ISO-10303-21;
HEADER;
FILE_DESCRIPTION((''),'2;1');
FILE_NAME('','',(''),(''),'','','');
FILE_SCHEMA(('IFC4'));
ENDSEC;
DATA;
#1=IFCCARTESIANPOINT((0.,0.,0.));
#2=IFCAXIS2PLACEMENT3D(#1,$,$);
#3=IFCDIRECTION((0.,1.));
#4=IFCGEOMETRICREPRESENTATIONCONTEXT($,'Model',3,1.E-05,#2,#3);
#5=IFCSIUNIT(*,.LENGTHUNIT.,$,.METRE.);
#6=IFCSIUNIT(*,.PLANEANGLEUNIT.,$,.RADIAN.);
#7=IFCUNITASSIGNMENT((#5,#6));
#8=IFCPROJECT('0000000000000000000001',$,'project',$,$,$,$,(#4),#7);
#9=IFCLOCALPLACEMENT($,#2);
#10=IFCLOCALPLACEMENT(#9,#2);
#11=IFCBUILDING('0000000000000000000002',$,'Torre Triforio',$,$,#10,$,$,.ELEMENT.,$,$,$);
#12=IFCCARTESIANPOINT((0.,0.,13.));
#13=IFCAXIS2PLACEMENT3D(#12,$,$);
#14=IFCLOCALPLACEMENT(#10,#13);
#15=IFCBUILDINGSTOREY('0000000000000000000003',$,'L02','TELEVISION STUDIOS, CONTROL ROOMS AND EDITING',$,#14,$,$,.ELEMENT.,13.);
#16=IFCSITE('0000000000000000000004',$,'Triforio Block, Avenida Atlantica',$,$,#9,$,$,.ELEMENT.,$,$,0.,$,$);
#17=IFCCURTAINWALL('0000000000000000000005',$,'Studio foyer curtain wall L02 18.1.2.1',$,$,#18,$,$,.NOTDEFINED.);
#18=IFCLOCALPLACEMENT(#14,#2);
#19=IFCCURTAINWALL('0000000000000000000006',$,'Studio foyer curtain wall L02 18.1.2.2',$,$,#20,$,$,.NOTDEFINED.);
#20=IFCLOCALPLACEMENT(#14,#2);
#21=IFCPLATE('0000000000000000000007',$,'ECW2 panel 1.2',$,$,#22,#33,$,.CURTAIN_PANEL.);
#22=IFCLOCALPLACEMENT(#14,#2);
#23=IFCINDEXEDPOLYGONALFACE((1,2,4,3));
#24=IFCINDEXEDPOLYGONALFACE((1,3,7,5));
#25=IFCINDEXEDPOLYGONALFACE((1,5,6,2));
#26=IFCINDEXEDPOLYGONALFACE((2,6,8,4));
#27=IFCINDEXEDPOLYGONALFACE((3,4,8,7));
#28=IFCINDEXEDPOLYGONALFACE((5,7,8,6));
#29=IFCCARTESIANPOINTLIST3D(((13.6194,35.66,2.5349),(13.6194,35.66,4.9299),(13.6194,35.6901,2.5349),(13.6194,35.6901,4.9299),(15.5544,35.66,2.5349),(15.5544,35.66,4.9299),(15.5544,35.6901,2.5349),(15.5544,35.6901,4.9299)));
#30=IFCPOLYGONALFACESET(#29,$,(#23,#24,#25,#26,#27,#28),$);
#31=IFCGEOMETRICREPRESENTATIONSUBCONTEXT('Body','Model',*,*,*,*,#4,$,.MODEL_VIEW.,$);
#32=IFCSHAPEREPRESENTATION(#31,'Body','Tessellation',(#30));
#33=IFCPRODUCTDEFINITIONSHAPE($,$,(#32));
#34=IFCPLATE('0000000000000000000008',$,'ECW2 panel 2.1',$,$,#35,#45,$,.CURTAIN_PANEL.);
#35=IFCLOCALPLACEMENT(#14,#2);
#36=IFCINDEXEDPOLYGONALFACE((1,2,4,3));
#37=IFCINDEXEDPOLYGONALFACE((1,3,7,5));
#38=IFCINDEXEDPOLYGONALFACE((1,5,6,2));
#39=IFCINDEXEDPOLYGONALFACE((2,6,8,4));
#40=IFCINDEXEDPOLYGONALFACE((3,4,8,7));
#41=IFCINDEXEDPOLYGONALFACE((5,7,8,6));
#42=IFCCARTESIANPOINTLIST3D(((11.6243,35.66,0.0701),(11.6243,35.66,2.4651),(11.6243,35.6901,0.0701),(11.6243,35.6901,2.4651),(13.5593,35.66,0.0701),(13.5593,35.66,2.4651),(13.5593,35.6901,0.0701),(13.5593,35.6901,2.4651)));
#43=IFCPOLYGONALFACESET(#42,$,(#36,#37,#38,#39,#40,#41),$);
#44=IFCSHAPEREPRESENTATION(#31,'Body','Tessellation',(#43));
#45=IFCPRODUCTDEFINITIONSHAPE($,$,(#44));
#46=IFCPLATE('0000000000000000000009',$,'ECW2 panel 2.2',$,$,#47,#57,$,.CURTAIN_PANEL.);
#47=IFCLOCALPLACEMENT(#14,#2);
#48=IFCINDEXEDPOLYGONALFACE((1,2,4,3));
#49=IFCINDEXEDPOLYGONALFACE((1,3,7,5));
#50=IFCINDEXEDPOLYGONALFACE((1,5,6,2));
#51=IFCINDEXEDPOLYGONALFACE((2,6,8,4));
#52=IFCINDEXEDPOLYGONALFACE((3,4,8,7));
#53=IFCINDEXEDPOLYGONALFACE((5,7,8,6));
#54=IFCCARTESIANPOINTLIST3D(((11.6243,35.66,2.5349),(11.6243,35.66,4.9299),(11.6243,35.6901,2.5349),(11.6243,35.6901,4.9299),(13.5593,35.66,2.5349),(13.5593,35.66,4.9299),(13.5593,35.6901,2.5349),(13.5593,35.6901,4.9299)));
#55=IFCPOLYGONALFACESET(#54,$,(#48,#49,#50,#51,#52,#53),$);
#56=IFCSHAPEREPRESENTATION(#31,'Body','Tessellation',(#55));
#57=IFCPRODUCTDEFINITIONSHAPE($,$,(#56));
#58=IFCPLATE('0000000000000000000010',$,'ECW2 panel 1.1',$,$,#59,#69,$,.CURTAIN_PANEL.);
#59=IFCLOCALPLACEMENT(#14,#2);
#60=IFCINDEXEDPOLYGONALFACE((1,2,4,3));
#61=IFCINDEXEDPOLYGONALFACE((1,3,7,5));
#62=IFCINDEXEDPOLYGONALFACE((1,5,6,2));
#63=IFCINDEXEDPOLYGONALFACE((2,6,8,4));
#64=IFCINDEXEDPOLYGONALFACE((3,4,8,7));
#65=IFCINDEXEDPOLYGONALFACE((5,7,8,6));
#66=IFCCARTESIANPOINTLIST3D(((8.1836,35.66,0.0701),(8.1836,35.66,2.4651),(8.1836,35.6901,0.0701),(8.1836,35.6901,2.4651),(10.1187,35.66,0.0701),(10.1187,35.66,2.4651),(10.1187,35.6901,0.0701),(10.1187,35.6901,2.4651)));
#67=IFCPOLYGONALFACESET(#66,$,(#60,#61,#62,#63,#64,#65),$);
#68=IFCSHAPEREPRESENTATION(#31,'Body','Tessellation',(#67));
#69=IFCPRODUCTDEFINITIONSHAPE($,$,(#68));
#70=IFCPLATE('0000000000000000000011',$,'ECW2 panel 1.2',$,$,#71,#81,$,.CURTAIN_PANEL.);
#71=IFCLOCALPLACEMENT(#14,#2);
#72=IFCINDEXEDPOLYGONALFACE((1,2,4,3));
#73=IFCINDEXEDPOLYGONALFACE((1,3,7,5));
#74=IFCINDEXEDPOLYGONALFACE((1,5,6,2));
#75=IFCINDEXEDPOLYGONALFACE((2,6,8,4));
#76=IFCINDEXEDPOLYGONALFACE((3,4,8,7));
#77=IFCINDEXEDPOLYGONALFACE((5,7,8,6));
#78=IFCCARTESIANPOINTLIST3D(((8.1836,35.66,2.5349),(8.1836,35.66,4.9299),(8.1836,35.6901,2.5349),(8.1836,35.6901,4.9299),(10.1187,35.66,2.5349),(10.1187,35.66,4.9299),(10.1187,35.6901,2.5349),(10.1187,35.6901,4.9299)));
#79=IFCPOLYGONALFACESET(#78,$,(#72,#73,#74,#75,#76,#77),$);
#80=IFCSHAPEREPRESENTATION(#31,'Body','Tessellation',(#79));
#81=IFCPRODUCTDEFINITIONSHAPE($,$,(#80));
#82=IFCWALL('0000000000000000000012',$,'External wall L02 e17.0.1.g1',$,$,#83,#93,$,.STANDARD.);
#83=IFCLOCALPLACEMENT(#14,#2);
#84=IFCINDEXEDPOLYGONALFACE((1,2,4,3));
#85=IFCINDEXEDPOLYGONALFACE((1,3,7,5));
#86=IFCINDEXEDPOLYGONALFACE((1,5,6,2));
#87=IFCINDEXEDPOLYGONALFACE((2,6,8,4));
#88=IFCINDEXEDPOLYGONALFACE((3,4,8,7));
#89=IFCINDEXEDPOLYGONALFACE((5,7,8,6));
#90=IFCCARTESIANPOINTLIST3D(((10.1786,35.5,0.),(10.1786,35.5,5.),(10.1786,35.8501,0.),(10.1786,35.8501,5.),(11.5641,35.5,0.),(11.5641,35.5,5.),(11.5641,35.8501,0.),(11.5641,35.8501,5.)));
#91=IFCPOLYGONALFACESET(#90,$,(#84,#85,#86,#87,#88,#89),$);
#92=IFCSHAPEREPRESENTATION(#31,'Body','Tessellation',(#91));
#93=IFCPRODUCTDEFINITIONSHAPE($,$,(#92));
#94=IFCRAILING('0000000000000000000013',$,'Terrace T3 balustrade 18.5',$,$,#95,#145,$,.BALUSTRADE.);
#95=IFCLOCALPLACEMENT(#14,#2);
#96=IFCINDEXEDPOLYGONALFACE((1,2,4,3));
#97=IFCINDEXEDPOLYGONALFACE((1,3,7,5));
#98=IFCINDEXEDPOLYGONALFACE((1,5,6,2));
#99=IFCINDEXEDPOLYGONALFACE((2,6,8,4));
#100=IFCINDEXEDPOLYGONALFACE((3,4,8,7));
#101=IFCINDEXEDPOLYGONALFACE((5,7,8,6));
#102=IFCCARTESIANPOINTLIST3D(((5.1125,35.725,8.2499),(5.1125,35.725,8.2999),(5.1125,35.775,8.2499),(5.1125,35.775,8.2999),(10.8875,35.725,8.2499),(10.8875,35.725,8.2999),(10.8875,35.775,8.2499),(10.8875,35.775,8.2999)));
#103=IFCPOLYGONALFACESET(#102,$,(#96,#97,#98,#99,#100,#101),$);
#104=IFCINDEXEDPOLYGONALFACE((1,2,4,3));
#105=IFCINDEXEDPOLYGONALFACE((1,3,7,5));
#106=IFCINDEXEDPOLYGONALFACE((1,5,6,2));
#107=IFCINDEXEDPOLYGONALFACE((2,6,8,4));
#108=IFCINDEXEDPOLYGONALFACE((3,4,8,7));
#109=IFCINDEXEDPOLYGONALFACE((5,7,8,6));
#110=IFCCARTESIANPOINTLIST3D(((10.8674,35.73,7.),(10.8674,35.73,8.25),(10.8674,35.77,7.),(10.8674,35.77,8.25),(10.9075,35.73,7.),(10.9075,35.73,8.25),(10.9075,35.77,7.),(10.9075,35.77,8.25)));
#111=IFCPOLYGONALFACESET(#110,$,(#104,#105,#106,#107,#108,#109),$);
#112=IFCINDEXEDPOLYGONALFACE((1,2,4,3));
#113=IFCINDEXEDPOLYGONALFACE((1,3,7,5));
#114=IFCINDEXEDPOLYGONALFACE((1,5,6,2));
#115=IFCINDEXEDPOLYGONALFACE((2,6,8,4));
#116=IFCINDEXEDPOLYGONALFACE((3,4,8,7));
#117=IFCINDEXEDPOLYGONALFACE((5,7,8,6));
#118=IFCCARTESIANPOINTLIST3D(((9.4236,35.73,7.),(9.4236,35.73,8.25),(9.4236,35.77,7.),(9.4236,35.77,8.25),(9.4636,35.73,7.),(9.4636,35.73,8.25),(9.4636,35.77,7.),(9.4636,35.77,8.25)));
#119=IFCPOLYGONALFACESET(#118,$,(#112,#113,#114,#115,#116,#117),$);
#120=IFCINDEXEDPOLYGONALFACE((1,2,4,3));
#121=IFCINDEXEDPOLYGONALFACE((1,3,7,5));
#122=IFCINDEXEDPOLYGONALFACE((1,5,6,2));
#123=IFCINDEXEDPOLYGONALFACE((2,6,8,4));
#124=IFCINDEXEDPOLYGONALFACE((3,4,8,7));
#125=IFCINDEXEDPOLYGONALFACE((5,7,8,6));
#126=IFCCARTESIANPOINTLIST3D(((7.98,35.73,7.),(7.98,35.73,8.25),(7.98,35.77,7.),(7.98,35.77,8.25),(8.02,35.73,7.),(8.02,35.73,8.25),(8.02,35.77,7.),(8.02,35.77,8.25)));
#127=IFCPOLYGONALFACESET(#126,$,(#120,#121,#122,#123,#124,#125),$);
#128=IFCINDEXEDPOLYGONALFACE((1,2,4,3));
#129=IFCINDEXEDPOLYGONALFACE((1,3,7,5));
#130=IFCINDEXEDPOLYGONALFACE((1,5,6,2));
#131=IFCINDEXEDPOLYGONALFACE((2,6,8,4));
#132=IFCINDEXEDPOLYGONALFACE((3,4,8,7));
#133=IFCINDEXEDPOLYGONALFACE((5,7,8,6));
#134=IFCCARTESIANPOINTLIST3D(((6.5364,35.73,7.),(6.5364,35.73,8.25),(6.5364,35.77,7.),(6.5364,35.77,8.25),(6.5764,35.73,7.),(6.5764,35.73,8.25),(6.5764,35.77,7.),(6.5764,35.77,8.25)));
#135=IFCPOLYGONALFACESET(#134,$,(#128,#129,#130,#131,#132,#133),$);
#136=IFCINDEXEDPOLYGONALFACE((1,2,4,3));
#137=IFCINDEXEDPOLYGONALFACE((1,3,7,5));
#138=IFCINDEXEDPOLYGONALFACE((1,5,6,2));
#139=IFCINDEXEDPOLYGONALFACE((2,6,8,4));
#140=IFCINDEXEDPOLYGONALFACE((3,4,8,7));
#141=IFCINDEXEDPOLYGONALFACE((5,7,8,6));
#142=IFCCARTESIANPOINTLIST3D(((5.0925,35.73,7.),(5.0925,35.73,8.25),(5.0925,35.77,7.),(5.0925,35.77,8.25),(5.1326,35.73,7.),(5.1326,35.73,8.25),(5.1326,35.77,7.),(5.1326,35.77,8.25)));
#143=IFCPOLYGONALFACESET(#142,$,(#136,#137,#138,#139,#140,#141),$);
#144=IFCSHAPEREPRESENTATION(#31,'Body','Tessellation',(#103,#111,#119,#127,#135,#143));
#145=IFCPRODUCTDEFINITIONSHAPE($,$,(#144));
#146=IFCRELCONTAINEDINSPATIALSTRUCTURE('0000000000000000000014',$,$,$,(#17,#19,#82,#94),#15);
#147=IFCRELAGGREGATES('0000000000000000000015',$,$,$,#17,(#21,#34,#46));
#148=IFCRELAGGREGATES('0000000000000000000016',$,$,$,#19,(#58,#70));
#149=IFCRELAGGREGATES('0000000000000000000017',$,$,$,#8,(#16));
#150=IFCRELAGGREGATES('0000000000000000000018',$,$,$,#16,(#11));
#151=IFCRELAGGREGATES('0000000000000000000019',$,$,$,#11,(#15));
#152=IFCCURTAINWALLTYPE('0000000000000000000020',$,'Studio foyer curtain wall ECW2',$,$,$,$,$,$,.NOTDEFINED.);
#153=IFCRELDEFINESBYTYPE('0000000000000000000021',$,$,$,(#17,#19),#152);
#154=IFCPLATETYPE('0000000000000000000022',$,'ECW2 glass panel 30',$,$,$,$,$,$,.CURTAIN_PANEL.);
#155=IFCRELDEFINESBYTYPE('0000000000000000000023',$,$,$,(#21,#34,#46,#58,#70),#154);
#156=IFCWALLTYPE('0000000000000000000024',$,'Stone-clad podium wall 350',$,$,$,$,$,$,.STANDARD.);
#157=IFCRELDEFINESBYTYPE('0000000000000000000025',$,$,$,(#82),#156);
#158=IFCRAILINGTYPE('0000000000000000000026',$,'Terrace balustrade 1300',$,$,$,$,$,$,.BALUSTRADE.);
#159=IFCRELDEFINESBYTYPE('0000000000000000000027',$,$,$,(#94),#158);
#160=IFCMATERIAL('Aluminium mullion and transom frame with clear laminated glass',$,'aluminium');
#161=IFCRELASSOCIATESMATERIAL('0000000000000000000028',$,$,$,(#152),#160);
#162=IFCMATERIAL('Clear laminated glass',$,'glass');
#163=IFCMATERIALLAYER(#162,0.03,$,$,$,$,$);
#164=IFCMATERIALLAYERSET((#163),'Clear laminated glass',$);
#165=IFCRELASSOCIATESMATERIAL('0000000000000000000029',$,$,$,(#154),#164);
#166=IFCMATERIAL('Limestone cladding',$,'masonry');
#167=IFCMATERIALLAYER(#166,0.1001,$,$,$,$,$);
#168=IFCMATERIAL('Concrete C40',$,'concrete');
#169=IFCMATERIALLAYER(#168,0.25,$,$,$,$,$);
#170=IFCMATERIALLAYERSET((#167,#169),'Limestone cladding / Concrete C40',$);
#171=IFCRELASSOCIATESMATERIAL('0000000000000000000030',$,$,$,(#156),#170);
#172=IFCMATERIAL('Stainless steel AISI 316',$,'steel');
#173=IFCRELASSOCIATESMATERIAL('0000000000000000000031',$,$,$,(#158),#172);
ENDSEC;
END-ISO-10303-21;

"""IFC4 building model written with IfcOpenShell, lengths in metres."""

from ifc_helpers import new_model, si_unit, direction, frame, frame_2d, origin, origin_2d, place, context, subcontext, project, spatial, rectangle, extrude, material, layer, layer_set, type_object, element, aggregate, save


model = new_model("IFC4")

# Units and contexts
model_context = context("Model", 3, precision=1e-05, world=origin(), true_north=direction((0.0, 1.0)))
body_context = subcontext(model_context, "Body", "Model", "MODEL_VIEW")
ifc_project = project(units=[si_unit("LENGTHUNIT", "METRE"), si_unit("PLANEANGLEUNIT", "RADIAN")], contexts=[model_context])

# Site, building, storey
site_placement = place(None, origin())
site = spatial("IfcSite", under=ifc_project, at=site_placement, Name="Triforio Block, Avenida Atlantica", CompositionType="ELEMENT", RefElevation=0.0)
building_placement = place(site_placement, origin())
building = spatial("IfcBuilding", under=site, at=building_placement, Name="Torre Triforio", CompositionType="ELEMENT")
storey_placement = place(building_placement, frame((0.0, 0.0, 13.0)))
storey = spatial("IfcBuildingStorey", under=building, at=storey_placement, Name="L02", Description="TELEVISION STUDIOS, CONTROL ROOMS AND EDITING", CompositionType="ELEMENT", Elevation=13.0)

# Curtain walls
ifc_material_1 = material(Name="Aluminium mullion and transom frame with clear laminated glass", Category="aluminium")
curtain_wall_type = type_object("IfcCurtainWallType", Name="Studio foyer curtain wall ECW2", PredefinedType="NOTDEFINED", material=ifc_material_1)
curtain_wall_1_placement = place(storey_placement, origin())
curtain_wall_1 = element("IfcCurtainWall", 1, at=curtain_wall_1_placement, inside=storey, type_object=curtain_wall_type, Name="Studio foyer curtain wall L02 18.1.2.1", PredefinedType="NOTDEFINED")
curtain_wall_2_placement = place(storey_placement, origin())
curtain_wall_2 = element("IfcCurtainWall", 2, at=curtain_wall_2_placement, inside=storey, type_object=curtain_wall_type, Name="Studio foyer curtain wall L02 18.1.2.2", PredefinedType="NOTDEFINED")

# Plates
ifc_material_2 = material(Name="Clear laminated glass", Category="glass")
ifc_layer_1 = layer(ifc_material_2, 0.03)
ifc_layer_set_1 = layer_set([ifc_layer_1], Name="Clear laminated glass")
plate_type = type_object("IfcPlateType", Name="ECW2 glass panel 30", PredefinedType="CURTAIN_PANEL", material=ifc_layer_set_1)
plate_1_placement = place(storey_placement, frame((14.5869, 35.675, 2.5349), z_axis=(0.0, 0.0, 1.0), x_axis=(-1.0, 0.0, 0.0)))
plate_1 = element("IfcPlate", 3, at=plate_1_placement, type_object=plate_type, Name="ECW2 panel 1.2", PredefinedType="CURTAIN_PANEL", context=body_context, shape_type="SweptSolid", body=[
    extrude(rectangle(XDim=1.9351, YDim=0.03, at=origin_2d()), origin(), (0.0, 0.0, 1.0), 2.395),
])
plate_2_placement = place(storey_placement, frame((12.5918, 35.675, 0.0701), z_axis=(0.0, 0.0, 1.0), x_axis=(-1.0, 0.0, 0.0)))
plate_2 = element("IfcPlate", 4, at=plate_2_placement, type_object=plate_type, Name="ECW2 panel 2.1", PredefinedType="CURTAIN_PANEL", context=body_context, shape_type="SweptSolid", body=[
    extrude(rectangle(XDim=1.9351, YDim=0.03, at=origin_2d()), origin(), (0.0, 0.0, 1.0), 2.395),
])
plate_3_placement = place(storey_placement, frame((12.5918, 35.675, 2.5349), z_axis=(0.0, 0.0, 1.0), x_axis=(-1.0, 0.0, 0.0)))
plate_3 = element("IfcPlate", 5, at=plate_3_placement, type_object=plate_type, Name="ECW2 panel 2.2", PredefinedType="CURTAIN_PANEL", context=body_context, shape_type="SweptSolid", body=[
    extrude(rectangle(XDim=1.9351, YDim=0.03, at=origin_2d()), origin(), (0.0, 0.0, 1.0), 2.395),
])
aggregate(curtain_wall_1, [plate_1, plate_2, plate_3])
plate_4_placement = place(storey_placement, frame((9.1511, 35.675, 0.0701), z_axis=(0.0, 0.0, 1.0), x_axis=(-1.0, 0.0, 0.0)))
plate_4 = element("IfcPlate", 6, at=plate_4_placement, type_object=plate_type, Name="ECW2 panel 1.1", PredefinedType="CURTAIN_PANEL", context=body_context, shape_type="SweptSolid", body=[
    extrude(rectangle(XDim=1.9351, YDim=0.03, at=origin_2d()), origin(), (0.0, 0.0, 1.0), 2.395),
])
plate_5_placement = place(storey_placement, frame((9.1511, 35.675, 2.5349), z_axis=(0.0, 0.0, 1.0), x_axis=(-1.0, 0.0, 0.0)))
plate_5 = element("IfcPlate", 7, at=plate_5_placement, type_object=plate_type, Name="ECW2 panel 1.2", PredefinedType="CURTAIN_PANEL", context=body_context, shape_type="SweptSolid", body=[
    extrude(rectangle(XDim=1.9351, YDim=0.03, at=origin_2d()), origin(), (0.0, 0.0, 1.0), 2.395),
])
aggregate(curtain_wall_2, [plate_4, plate_5])

# Wall
ifc_material_3 = material(Name="Limestone cladding", Category="masonry")
ifc_layer_2 = layer(ifc_material_3, 0.1001)
ifc_material_4 = material(Name="Concrete C40", Category="concrete")
ifc_layer_3 = layer(ifc_material_4, 0.25)
ifc_layer_set_2 = layer_set([ifc_layer_2, ifc_layer_3], Name="Limestone cladding / Concrete C40")
wall_type = type_object("IfcWallType", Name="Stone-clad podium wall 350", PredefinedType="STANDARD", material=ifc_layer_set_2)
wall_placement = place(storey_placement, frame((11.5642, 35.675, 0.0), z_axis=(0.0, 0.0, 1.0), x_axis=(-1.0, 0.0, 0.0)))
element("IfcWall", 8, at=wall_placement, inside=storey, type_object=wall_type, Name="External wall L02 e17.0.1.g1", PredefinedType="STANDARD", context=body_context, shape_type="SweptSolid", body=[
    extrude(rectangle(XDim=1.3855, YDim=0.3501, at=frame_2d((0.6929, 0.0))), origin(), (0.0, 0.0, 1.0), 5.0),
])

# Railing
ifc_material_5 = material(Name="Stainless steel AISI 316", Category="steel")
railing_type = type_object("IfcRailingType", Name="Terrace balustrade 1300", PredefinedType="BALUSTRADE", material=ifc_material_5)
railing_placement = place(storey_placement, frame((10.8875, 35.75, 7.0)))
element("IfcRailing", 9, at=railing_placement, inside=storey, type_object=railing_type, Name="Terrace T3 balustrade 18.5", PredefinedType="BALUSTRADE", context=body_context, shape_type="SweptSolid", body=[
    extrude(rectangle(XDim=0.05, YDim=0.05, at=origin_2d()), frame((0.0, 0.0, 1.2749), z_axis=(-1.0, 0.0, 0.0), x_axis=(0.0, -1.0, 0.0)), (0.0, 0.0, 1.0), 5.7749),
    extrude(rectangle(XDim=0.04, YDim=0.04, at=origin_2d()), origin(), (0.0, 0.0, 1.0), 1.25),
    extrude(rectangle(XDim=0.04, YDim=0.04, at=origin_2d()), frame((-1.4438, 0.0, 0.0)), (0.0, 0.0, 1.0), 1.25),
    extrude(rectangle(XDim=0.04, YDim=0.04, at=origin_2d()), frame((-2.8875, 0.0, 0.0)), (0.0, 0.0, 1.0), 1.25),
    extrude(rectangle(XDim=0.04, YDim=0.04, at=origin_2d()), frame((-4.3311, 0.0, 0.0)), (0.0, 0.0, 1.0), 1.25),
    extrude(rectangle(XDim=0.04, YDim=0.04, at=origin_2d()), frame((-5.7749, 0.0, 0.0)), (0.0, 0.0, 1.0), 1.25),
])

save(model, "model.ifc")
